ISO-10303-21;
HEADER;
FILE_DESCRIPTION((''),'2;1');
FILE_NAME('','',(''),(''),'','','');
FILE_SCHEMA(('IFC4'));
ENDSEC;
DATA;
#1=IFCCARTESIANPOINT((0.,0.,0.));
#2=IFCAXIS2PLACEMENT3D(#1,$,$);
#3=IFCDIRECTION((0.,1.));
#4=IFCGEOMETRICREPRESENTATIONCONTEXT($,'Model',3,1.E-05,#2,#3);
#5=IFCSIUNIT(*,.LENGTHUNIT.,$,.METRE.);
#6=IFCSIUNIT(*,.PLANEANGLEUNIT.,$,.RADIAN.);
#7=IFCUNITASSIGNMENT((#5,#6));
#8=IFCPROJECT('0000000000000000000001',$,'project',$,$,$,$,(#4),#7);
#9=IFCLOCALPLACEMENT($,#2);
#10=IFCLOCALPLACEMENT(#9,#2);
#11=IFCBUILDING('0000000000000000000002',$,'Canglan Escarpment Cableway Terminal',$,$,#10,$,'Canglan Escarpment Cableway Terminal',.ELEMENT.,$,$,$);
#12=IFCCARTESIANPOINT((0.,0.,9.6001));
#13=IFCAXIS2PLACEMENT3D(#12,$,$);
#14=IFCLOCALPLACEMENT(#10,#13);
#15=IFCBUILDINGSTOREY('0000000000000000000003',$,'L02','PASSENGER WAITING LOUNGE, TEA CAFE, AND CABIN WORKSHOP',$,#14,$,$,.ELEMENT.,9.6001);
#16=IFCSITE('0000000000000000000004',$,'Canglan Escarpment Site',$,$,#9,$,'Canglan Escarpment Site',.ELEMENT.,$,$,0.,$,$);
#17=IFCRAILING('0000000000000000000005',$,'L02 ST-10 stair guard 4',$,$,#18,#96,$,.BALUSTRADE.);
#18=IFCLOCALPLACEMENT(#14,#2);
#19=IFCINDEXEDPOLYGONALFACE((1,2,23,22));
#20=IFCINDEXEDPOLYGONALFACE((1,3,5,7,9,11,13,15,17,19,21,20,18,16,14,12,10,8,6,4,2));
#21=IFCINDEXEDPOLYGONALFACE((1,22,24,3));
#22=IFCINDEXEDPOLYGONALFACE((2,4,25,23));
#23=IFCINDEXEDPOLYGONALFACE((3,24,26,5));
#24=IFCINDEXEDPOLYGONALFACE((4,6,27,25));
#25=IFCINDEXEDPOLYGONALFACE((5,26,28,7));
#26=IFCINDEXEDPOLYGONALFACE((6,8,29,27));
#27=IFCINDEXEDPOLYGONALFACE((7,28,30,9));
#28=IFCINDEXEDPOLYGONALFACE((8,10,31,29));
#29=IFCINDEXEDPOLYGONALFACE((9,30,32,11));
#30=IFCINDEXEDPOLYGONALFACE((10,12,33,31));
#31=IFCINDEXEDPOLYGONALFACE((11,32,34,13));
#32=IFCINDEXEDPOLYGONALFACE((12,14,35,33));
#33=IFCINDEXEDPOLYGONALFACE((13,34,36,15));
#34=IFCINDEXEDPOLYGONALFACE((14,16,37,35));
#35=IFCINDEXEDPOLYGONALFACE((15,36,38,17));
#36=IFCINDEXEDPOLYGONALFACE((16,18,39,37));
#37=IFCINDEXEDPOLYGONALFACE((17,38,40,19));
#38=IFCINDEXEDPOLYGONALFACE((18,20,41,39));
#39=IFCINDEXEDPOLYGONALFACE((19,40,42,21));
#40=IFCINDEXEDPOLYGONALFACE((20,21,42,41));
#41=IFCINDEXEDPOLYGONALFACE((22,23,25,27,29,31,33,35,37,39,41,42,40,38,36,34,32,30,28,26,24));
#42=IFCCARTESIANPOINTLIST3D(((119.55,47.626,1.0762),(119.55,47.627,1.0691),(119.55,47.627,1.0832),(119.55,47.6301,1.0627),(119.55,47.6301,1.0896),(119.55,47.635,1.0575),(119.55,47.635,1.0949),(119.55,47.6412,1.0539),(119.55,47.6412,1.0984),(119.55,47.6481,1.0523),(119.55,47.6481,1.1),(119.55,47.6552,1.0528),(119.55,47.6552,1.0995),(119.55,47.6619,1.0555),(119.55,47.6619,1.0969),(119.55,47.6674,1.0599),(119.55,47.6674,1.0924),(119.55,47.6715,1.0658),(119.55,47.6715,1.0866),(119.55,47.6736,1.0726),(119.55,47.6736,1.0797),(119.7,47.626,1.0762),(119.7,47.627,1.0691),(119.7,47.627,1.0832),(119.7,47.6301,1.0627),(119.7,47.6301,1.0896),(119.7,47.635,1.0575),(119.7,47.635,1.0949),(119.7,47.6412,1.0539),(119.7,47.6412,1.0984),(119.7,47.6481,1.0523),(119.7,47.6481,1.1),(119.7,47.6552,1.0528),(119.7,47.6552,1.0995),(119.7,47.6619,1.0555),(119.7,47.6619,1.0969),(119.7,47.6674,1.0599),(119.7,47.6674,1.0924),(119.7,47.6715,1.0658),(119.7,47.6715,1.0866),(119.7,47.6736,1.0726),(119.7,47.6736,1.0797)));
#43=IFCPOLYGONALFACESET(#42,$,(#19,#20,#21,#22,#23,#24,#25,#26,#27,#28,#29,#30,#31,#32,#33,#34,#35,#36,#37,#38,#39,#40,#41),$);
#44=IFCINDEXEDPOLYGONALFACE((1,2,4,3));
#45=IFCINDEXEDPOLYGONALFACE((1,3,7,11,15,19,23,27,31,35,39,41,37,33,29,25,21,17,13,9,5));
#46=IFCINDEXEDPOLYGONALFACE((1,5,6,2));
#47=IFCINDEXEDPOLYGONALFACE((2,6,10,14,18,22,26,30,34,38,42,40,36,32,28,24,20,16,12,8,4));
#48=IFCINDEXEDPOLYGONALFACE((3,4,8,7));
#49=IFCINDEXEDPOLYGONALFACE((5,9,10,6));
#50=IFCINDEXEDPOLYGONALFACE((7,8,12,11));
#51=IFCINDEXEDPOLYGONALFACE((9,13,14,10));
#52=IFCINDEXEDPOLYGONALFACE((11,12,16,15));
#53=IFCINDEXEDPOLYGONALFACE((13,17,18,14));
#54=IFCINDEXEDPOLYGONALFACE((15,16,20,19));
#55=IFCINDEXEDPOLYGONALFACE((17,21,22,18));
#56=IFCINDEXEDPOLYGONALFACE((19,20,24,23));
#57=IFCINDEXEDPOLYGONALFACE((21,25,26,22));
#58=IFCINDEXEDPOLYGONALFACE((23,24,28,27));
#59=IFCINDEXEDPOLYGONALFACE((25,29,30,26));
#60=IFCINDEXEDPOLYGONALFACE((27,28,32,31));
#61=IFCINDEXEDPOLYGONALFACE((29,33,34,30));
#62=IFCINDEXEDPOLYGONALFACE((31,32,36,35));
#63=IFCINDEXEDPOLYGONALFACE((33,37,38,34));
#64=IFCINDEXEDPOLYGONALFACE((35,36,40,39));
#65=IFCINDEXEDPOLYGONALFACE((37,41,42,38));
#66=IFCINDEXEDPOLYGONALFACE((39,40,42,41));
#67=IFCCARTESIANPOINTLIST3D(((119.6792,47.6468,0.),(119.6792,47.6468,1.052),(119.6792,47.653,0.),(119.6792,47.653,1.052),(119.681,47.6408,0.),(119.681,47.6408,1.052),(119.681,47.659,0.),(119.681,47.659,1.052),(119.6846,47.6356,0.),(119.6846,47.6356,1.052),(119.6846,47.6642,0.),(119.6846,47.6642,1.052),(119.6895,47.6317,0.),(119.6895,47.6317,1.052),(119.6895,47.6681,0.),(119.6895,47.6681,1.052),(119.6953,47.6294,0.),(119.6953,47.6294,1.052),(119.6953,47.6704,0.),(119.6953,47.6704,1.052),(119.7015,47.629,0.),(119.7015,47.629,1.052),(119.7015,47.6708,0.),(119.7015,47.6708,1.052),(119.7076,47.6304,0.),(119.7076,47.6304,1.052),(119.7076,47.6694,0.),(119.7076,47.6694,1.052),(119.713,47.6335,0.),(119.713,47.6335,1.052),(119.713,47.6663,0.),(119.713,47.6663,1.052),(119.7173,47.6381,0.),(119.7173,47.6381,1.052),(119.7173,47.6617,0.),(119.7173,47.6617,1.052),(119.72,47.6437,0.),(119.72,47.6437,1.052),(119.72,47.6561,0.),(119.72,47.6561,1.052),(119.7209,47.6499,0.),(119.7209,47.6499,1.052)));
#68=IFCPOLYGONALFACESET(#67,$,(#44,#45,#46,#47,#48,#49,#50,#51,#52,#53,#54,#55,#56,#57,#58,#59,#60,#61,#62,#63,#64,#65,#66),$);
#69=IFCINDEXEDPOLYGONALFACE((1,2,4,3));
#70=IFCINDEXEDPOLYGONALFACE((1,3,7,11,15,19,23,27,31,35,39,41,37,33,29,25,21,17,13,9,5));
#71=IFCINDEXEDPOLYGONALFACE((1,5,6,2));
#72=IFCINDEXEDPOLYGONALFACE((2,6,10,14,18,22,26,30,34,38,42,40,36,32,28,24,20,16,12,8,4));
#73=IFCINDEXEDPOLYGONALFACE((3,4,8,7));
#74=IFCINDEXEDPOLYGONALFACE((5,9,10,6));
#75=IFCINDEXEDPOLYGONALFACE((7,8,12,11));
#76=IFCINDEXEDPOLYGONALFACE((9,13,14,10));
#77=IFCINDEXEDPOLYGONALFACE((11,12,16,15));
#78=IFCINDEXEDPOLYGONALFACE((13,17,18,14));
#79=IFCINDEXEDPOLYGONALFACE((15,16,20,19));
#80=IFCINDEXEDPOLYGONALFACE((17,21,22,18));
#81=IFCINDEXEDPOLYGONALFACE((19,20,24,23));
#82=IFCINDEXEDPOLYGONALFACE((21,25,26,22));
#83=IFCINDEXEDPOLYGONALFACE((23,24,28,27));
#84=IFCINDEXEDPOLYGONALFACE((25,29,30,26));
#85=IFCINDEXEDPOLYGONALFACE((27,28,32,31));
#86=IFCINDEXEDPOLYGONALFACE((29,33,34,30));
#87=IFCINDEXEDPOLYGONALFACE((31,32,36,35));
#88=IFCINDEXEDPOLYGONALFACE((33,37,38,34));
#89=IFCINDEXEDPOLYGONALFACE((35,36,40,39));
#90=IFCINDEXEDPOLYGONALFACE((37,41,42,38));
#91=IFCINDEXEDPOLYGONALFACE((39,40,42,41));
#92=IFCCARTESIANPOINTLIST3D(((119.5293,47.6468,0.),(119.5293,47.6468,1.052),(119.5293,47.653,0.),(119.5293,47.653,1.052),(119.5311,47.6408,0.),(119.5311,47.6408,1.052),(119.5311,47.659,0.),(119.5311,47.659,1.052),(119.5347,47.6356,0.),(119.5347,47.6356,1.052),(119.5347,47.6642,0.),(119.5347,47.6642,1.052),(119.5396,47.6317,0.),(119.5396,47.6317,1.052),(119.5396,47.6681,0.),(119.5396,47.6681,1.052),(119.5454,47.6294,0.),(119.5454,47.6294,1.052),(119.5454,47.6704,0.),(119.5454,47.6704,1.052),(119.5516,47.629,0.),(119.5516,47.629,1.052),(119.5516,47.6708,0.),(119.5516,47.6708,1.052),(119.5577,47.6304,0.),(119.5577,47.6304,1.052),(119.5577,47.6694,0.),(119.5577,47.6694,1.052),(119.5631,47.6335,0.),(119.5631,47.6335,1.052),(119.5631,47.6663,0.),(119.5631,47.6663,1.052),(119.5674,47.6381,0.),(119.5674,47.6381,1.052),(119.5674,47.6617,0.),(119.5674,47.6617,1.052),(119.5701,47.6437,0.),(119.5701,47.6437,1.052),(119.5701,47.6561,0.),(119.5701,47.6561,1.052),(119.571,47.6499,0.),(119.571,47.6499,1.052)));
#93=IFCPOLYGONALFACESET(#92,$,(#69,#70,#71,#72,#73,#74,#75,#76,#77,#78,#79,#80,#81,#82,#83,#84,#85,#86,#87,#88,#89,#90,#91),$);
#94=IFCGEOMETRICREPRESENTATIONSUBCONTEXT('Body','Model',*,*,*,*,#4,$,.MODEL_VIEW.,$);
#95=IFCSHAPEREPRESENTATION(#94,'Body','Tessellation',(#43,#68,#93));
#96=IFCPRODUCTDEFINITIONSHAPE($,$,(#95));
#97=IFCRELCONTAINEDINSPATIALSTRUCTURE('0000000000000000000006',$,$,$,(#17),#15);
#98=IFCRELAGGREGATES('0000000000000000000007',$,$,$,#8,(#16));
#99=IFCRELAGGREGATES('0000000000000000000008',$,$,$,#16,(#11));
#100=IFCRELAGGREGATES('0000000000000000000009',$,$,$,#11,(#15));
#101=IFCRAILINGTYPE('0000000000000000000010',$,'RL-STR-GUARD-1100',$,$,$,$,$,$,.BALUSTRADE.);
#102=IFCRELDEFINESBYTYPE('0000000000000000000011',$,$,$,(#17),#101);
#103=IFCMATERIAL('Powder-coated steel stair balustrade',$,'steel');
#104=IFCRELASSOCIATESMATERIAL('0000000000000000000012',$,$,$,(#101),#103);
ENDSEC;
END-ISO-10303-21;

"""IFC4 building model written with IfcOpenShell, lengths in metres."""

from ifc_helpers import new_model, si_unit, direction, frame, origin, origin_2d, place, context, subcontext, project, spatial, circle, extrude, material, type_object, element, save


model = new_model("IFC4")

# Units and contexts
model_context = context("Model", 3, precision=1e-05, world=origin(), true_north=direction((0.0, 1.0)))
body_context = subcontext(model_context, "Body", "Model", "MODEL_VIEW")
ifc_project = project(units=[si_unit("LENGTHUNIT", "METRE"), si_unit("PLANEANGLEUNIT", "RADIAN")], contexts=[model_context])

# Site, building, storey
site_placement = place(None, origin())
site = spatial("IfcSite", under=ifc_project, at=site_placement, Name="Canglan Escarpment Site", LongName="Canglan Escarpment Site", CompositionType="ELEMENT", RefElevation=0.0)
building_placement = place(site_placement, origin())
building = spatial("IfcBuilding", under=site, at=building_placement, Name="Canglan Escarpment Cableway Terminal", LongName="Canglan Escarpment Cableway Terminal", CompositionType="ELEMENT")
storey_placement = place(building_placement, frame((0.0, 0.0, 9.6001)))
storey = spatial("IfcBuildingStorey", under=building, at=storey_placement, Name="L02", Description="PASSENGER WAITING LOUNGE, TEA CAFE, AND CABIN WORKSHOP", CompositionType="ELEMENT", Elevation=9.6001)

# Railing
ifc_material_1 = material(Name="Powder-coated steel stair balustrade", Category="steel")
railing_type_1 = type_object("IfcRailingType", Name="RL-STR-GUARD-1100", PredefinedType="BALUSTRADE", material=ifc_material_1)
railing_1_placement = place(storey_placement, frame((119.7, 47.6499, 0.0)))
element("IfcRailing", 1, at=railing_1_placement, inside=storey, type_object=railing_type_1, Name="L02 ST-10 stair guard 4", PredefinedType="BALUSTRADE", context=body_context, shape_type="SweptSolid", body=[
    extrude(circle(Radius=0.0239, at=origin_2d()), frame((0.0, 0.0, 1.0762), z_axis=(-1.0, 0.0, 0.0), x_axis=(0.0, -1.0, 0.0)), (0.0, 0.0, 1.0), 0.1499),
    extrude(circle(Radius=0.021, at=origin_2d()), origin(), (0.0, 0.0, 1.0), 1.052),
    extrude(circle(Radius=0.021, at=origin_2d()), frame((-0.1499, 0.0, 0.0)), (0.0, 0.0, 1.0), 1.052),
])

save(model, "model.ifc")
